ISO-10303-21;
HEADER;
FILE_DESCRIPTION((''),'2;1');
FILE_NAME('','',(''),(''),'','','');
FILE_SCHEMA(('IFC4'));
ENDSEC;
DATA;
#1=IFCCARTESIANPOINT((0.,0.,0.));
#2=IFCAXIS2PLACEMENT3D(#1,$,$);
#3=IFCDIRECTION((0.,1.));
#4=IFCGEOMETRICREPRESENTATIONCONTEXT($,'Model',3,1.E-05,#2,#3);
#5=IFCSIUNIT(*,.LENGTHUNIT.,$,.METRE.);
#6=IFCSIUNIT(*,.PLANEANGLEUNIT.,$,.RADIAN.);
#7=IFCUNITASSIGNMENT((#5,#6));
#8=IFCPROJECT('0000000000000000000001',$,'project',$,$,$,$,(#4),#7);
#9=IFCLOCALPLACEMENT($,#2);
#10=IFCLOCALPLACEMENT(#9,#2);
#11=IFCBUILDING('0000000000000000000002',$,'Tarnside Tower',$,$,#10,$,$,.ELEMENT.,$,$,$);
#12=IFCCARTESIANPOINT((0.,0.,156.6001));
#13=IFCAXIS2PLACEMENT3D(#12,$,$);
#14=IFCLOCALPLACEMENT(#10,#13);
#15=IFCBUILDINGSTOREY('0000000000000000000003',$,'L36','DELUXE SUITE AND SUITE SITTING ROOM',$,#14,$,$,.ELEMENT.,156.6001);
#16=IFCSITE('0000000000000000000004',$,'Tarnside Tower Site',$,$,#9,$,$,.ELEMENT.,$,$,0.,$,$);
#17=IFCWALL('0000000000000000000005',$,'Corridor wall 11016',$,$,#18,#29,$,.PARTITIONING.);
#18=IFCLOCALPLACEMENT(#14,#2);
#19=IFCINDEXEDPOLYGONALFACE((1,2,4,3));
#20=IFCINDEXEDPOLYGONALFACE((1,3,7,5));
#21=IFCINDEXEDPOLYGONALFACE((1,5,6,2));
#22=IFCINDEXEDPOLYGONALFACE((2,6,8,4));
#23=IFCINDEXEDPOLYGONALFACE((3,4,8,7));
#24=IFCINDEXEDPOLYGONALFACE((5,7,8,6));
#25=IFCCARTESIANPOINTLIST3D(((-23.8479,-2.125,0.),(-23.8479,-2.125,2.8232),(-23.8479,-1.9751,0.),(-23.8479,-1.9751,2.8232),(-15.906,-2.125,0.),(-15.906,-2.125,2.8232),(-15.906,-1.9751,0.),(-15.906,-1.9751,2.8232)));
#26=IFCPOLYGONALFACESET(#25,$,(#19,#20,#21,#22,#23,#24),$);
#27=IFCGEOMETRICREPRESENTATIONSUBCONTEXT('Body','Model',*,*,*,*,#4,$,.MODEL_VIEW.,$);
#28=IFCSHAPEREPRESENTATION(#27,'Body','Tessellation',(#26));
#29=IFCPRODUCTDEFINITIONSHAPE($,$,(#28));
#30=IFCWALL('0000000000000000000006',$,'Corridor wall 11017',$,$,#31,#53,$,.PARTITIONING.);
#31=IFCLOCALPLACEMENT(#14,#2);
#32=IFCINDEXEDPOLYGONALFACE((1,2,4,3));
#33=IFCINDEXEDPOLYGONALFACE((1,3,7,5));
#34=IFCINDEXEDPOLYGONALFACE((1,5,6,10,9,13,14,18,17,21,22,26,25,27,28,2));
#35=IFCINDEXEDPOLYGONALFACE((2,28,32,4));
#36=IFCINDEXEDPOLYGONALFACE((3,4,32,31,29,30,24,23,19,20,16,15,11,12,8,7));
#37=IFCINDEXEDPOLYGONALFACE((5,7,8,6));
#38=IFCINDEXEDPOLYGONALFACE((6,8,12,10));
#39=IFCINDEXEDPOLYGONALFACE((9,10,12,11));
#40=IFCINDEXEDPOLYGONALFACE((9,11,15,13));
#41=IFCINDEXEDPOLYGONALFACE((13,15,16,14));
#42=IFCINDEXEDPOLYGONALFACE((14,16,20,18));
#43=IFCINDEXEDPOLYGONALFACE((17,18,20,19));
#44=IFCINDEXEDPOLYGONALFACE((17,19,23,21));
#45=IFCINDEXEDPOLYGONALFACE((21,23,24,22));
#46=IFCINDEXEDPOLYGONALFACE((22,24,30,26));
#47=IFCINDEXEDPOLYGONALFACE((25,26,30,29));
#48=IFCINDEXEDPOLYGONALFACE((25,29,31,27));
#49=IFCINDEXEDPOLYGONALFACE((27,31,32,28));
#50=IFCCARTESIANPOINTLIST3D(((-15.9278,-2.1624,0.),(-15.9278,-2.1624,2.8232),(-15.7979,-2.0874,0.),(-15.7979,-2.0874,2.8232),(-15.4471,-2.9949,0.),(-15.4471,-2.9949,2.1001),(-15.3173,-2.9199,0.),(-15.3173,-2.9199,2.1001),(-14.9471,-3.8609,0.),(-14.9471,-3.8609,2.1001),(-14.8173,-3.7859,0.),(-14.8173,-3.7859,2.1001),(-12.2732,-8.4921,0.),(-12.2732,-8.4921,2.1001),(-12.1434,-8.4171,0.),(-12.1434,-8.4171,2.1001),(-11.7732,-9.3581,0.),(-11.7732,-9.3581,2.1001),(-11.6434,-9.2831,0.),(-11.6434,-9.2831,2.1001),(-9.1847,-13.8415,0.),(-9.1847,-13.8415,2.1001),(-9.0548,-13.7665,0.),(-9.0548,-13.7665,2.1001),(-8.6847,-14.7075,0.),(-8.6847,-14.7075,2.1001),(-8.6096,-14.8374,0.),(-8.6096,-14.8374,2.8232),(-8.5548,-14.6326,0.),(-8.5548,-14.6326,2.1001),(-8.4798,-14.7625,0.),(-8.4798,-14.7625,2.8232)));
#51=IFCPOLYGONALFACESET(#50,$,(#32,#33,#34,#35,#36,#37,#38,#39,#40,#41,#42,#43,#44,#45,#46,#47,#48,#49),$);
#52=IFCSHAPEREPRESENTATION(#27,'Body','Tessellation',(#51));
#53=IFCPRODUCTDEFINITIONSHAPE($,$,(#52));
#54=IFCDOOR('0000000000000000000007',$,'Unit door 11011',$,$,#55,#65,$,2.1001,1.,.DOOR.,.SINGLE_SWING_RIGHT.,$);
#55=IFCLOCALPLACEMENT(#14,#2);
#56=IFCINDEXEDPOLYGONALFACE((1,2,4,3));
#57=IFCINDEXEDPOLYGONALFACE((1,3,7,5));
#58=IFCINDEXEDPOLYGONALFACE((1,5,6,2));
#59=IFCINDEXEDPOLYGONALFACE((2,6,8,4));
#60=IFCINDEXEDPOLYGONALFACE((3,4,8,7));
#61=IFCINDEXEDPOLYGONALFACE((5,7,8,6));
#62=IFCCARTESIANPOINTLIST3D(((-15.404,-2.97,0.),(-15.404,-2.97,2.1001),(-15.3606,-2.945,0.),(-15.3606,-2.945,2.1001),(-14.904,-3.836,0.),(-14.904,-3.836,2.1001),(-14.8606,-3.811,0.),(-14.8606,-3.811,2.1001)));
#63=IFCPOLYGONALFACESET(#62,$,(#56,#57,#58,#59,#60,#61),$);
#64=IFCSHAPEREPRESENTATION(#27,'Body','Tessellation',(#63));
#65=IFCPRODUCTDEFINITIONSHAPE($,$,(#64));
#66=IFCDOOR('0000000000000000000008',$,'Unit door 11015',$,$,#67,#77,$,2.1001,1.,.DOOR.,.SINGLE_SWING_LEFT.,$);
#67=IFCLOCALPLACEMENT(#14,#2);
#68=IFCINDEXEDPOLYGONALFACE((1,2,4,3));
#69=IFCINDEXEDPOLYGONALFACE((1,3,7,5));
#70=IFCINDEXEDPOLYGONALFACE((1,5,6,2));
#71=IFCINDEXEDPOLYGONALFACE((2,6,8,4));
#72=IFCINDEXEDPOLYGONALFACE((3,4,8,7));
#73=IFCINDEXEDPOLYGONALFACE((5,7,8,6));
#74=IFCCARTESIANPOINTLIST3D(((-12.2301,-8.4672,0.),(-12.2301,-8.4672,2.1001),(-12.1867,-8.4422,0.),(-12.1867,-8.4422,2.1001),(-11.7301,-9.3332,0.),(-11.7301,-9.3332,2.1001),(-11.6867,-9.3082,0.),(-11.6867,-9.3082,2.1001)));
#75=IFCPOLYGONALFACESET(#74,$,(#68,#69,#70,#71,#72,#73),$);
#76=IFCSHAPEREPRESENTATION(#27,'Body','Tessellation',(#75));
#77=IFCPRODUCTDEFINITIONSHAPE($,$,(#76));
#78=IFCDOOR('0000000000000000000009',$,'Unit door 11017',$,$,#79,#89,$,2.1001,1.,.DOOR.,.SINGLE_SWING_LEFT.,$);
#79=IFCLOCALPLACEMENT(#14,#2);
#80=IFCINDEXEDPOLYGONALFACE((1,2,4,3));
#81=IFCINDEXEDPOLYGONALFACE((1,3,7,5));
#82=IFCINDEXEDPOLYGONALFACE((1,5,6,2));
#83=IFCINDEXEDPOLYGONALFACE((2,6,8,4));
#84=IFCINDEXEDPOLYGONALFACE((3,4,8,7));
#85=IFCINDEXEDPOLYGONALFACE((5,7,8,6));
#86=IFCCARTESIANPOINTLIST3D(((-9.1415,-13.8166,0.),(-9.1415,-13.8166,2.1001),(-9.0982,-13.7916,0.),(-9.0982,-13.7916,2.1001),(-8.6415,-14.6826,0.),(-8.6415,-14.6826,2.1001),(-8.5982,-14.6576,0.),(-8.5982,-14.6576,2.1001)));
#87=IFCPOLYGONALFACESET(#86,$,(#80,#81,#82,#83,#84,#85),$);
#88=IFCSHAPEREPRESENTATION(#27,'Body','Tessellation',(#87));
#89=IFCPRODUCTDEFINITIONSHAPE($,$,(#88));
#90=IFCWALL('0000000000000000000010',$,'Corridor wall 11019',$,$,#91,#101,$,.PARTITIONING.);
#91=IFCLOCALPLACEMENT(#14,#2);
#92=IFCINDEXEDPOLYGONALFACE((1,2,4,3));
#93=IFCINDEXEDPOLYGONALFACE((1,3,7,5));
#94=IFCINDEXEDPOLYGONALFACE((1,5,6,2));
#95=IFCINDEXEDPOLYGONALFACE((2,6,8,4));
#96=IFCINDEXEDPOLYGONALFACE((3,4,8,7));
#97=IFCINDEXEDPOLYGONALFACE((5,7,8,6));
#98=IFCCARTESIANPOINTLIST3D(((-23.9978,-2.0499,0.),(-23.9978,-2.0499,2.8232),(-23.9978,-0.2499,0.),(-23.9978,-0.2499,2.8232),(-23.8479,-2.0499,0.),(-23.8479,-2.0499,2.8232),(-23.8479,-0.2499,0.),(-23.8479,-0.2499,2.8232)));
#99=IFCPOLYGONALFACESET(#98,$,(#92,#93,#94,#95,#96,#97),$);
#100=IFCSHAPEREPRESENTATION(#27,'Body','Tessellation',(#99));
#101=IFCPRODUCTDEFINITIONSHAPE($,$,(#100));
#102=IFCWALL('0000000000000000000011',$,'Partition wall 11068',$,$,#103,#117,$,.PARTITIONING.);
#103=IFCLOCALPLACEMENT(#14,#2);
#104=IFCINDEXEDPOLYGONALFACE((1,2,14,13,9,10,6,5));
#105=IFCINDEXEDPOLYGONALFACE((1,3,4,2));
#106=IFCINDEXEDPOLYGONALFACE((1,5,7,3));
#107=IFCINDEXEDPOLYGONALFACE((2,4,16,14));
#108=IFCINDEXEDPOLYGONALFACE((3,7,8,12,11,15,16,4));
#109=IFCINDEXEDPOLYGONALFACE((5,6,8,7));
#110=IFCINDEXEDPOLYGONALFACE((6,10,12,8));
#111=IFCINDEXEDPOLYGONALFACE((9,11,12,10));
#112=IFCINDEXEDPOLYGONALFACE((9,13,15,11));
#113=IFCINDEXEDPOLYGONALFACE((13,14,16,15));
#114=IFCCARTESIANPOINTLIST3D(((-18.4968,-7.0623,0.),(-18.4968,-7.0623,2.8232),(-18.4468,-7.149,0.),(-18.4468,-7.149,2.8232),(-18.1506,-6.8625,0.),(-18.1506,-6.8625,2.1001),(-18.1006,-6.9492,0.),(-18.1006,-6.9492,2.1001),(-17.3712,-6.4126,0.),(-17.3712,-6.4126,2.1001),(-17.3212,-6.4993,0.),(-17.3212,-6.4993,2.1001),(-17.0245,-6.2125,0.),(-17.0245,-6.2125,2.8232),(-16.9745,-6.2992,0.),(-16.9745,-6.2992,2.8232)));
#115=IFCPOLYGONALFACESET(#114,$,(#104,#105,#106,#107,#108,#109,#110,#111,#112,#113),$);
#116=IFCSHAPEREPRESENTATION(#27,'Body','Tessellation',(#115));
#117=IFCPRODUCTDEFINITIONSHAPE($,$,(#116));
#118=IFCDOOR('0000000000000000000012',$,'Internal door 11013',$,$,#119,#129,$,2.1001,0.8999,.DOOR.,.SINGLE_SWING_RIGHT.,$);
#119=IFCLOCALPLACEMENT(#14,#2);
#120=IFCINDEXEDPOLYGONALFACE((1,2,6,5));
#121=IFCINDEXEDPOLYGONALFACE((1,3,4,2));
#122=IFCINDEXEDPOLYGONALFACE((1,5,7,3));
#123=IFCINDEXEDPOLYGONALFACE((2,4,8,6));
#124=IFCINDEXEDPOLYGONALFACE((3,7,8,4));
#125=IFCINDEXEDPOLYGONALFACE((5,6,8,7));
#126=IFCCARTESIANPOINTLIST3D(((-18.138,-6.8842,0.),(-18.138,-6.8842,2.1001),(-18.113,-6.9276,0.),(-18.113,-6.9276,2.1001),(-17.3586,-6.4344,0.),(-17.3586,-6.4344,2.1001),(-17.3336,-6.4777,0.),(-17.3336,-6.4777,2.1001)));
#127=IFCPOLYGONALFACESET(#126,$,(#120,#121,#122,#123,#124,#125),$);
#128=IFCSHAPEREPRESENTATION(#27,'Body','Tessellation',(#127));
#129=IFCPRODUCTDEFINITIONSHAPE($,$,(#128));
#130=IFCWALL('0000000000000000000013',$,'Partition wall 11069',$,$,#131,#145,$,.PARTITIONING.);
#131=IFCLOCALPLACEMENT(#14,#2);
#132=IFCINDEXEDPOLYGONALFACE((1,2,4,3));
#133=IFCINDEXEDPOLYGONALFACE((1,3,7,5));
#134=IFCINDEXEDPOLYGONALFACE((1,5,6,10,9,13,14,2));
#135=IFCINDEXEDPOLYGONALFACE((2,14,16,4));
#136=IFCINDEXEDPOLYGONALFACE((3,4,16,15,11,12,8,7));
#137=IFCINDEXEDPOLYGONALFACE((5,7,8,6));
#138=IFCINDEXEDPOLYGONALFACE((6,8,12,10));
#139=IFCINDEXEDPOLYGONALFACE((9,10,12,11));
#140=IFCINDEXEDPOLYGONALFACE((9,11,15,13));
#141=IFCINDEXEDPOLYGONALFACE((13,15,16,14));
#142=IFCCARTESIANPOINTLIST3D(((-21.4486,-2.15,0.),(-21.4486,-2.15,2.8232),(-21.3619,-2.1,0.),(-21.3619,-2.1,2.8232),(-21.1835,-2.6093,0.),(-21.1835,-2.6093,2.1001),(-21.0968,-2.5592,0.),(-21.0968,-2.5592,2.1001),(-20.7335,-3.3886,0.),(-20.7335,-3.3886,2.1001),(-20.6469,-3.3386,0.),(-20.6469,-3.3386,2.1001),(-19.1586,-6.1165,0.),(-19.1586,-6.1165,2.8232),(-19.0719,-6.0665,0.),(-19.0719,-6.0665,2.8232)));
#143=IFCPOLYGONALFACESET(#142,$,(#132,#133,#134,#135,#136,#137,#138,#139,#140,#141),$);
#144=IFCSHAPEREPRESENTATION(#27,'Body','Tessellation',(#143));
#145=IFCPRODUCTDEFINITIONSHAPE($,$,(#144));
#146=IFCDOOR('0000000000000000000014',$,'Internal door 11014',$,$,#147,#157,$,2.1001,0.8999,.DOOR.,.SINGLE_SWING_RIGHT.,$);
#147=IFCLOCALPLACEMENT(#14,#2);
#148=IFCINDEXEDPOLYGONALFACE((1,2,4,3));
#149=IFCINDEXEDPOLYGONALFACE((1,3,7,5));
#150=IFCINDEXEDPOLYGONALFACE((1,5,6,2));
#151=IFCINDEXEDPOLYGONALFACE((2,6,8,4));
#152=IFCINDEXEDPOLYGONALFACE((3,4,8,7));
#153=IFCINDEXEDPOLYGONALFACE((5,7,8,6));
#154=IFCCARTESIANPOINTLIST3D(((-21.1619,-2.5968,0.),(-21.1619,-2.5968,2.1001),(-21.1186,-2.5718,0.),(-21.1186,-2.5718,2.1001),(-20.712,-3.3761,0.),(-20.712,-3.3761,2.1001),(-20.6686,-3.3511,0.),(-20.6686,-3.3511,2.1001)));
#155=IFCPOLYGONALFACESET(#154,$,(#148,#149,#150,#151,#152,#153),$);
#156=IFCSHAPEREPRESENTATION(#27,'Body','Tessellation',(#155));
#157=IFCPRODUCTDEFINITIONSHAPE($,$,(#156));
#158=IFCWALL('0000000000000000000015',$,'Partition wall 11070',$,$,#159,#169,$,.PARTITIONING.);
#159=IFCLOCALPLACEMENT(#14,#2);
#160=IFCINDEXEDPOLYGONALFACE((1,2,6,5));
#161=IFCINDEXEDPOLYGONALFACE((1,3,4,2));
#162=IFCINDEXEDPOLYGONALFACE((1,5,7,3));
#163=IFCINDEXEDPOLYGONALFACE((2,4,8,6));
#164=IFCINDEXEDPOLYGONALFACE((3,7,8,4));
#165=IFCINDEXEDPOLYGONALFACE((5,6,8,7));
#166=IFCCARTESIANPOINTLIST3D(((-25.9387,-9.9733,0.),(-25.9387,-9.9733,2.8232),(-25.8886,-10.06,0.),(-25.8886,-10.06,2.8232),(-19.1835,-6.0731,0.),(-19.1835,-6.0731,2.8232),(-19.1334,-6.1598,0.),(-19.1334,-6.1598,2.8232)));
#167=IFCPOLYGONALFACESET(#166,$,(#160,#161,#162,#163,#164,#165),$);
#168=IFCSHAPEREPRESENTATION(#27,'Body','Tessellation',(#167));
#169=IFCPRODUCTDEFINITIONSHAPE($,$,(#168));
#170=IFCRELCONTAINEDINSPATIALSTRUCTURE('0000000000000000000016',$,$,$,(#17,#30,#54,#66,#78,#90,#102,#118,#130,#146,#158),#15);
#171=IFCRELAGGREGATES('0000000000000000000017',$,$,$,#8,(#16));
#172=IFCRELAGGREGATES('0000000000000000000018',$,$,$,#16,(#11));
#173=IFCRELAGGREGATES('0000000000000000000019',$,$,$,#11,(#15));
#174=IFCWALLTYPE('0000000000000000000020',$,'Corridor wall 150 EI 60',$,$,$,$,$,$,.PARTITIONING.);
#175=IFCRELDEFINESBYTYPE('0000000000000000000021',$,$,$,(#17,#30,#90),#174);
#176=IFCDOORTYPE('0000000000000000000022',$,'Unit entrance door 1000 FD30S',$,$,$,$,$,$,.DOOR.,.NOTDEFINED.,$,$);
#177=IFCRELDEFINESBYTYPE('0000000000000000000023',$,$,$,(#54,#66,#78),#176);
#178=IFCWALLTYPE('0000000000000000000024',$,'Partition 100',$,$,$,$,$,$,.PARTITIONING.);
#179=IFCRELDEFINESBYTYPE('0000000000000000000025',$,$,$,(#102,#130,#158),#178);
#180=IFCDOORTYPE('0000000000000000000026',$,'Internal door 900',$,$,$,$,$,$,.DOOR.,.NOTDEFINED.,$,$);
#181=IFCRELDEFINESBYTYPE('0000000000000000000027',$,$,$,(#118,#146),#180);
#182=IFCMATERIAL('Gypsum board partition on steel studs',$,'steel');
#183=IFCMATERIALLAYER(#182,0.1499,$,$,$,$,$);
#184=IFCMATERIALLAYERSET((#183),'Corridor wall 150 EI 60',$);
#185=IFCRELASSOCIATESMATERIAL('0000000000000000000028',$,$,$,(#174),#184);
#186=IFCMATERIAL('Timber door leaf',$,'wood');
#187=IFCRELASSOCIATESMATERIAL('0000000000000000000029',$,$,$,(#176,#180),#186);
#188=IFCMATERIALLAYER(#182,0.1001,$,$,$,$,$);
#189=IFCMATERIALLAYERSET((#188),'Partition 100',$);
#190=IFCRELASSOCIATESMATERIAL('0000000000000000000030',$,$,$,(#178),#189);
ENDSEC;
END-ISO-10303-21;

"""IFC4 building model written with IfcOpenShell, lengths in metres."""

from ifc_helpers import new_model, si_unit, direction, frame, frame_2d, origin, place, context, subcontext, project, spatial, rectangle, extrude, material, layer, layer_set, type_object, element, fill, save


model = new_model("IFC4")

# Units and contexts
model_context = context("Model", 3, precision=1e-05, world=origin(), true_north=direction((0.0, 1.0)))
body_context = subcontext(model_context, "Body", "Model", "MODEL_VIEW")
ifc_project = project(units=[si_unit("LENGTHUNIT", "METRE"), si_unit("PLANEANGLEUNIT", "RADIAN")], contexts=[model_context])

# Site, building, storey
site_placement = place(None, origin())
site = spatial("IfcSite", under=ifc_project, at=site_placement, Name="Tarnside Tower Site", CompositionType="ELEMENT", RefElevation=0.0)
building_placement = place(site_placement, origin())
building = spatial("IfcBuilding", under=site, at=building_placement, Name="Tarnside Tower", CompositionType="ELEMENT")
storey_placement = place(building_placement, frame((0.0, 0.0, 156.6001)))
storey = spatial("IfcBuildingStorey", under=building, at=storey_placement, Name="L36", Description="DELUXE SUITE AND SUITE SITTING ROOM", CompositionType="ELEMENT", Elevation=156.6001)

# Shared definitions
ifc_material_1 = material(Name="Gypsum board partition on steel studs", Category="steel")
ifc_material_2 = material(Name="Timber door leaf", Category="wood")

# Wall
ifc_layer_1 = layer(ifc_material_1, 0.1499)
ifc_layer_set_1 = layer_set([ifc_layer_1], Name="Corridor wall 150 EI 60")
wall_type_1 = type_object("IfcWallType", Name="Corridor wall 150 EI 60", PredefinedType="PARTITIONING", material=ifc_layer_set_1)
wall_1_placement = place(storey_placement, frame((-23.8479, -2.05, 0.0), z_axis=(0.0, 0.0, 1.0), x_axis=(1.0, 0.0, 0.0)))
element("IfcWall", 1, at=wall_1_placement, inside=storey, type_object=wall_type_1, Name="Corridor wall 11016", PredefinedType="PARTITIONING", context=body_context, shape_type="SweptSolid", body=[
    extrude(rectangle(XDim=7.9419, YDim=0.1499, at=frame_2d((3.9709, 0.0))), origin(), (0.0, 0.0, 1.0), 2.8232),
])

# Wall, openings, doors
wall_2_placement = place(storey_placement, frame((-15.8628, -2.125, 0.0), z_axis=(0.0, 0.0, 1.0), x_axis=(0.500009, -0.86602, 0.0)))
wall_2 = element("IfcWall", 2, at=wall_2_placement, inside=storey, type_object=wall_type_1, Name="Corridor wall 11017", PredefinedType="PARTITIONING", context=body_context, shape_type="SweptSolid", body=[
    extrude(rectangle(XDim=14.636, YDim=0.1499, at=frame_2d((7.3179, 0.0))), origin(), (0.0, 0.0, 1.0), 2.8232),
])
opening_1_placement = place(wall_2_placement, frame((0.9612, 0.0, 0.0)))
opening_1 = element("IfcOpeningElement", 3, at=opening_1_placement, cuts=wall_2, PredefinedType="OPENING", context=body_context, shape_type="SweptSolid", body=[
    extrude(rectangle(XDim=1.0, YDim=2.1001, at=frame_2d((0.5, 1.05))), frame((0.0, 0.085, 0.0), z_axis=(0.0, -1.0, 0.0), x_axis=(1.0, 0.0, 0.0)), (0.0, 0.0, 1.0), 0.1699),
])
opening_2_placement = place(wall_2_placement, frame((7.3088, 0.0, 0.0)))
opening_2 = element("IfcOpeningElement", 4, at=opening_2_placement, cuts=wall_2, PredefinedType="OPENING", context=body_context, shape_type="SweptSolid", body=[
    extrude(rectangle(XDim=1.0, YDim=2.1001, at=frame_2d((0.5, 1.05))), frame((0.0, 0.085, 0.0), z_axis=(0.0, -1.0, 0.0), x_axis=(1.0, 0.0, 0.0)), (0.0, 0.0, 1.0), 0.1699),
])
opening_3_placement = place(wall_2_placement, frame((13.4858, 0.0, 0.0)))
opening_3 = element("IfcOpeningElement", 5, at=opening_3_placement, cuts=wall_2, PredefinedType="OPENING", context=body_context, shape_type="SweptSolid", body=[
    extrude(rectangle(XDim=1.0, YDim=2.1001, at=frame_2d((0.5, 1.05))), frame((0.0, 0.085, 0.0), z_axis=(0.0, -1.0, 0.0), x_axis=(1.0, 0.0, 0.0)), (0.0, 0.0, 1.0), 0.1699),
])
door_type_1 = type_object("IfcDoorType", Name="Unit entrance door 1000 FD30S", OperationType="NOTDEFINED", PredefinedType="DOOR", material=ifc_material_2)
door_1_placement = place(opening_1_placement, origin())
door_1 = element("IfcDoor", 6, at=door_1_placement, inside=storey, type_object=door_type_1, Name="Unit door 11011", OperationType="SINGLE_SWING_RIGHT", OverallHeight=2.1001, OverallWidth=1.0, PredefinedType="DOOR", context=body_context, shape_type="SweptSolid", body=[
    extrude(rectangle(XDim=1.0, YDim=2.1001, at=frame_2d((0.5, 1.05))), frame((0.0, 0.0249, 0.0), z_axis=(0.0, -1.0, 0.0), x_axis=(1.0, 0.0, 0.0)), (0.0, 0.0, 1.0), 0.05),
])
fill(opening_1, door_1)
door_2_placement = place(opening_2_placement, origin())
door_2 = element("IfcDoor", 7, at=door_2_placement, inside=storey, type_object=door_type_1, Name="Unit door 11015", OperationType="SINGLE_SWING_LEFT", OverallHeight=2.1001, OverallWidth=1.0, PredefinedType="DOOR", context=body_context, shape_type="SweptSolid", body=[
    extrude(rectangle(XDim=1.0, YDim=2.1001, at=frame_2d((0.5, 1.05))), frame((0.0, 0.0249, 0.0), z_axis=(0.0, -1.0, 0.0), x_axis=(1.0, 0.0, 0.0)), (0.0, 0.0, 1.0), 0.05),
])
fill(opening_2, door_2)
door_3_placement = place(opening_3_placement, origin())
door_3 = element("IfcDoor", 8, at=door_3_placement, inside=storey, type_object=door_type_1, Name="Unit door 11017", OperationType="SINGLE_SWING_LEFT", OverallHeight=2.1001, OverallWidth=1.0, PredefinedType="DOOR", context=body_context, shape_type="SweptSolid", body=[
    extrude(rectangle(XDim=1.0, YDim=2.1001, at=frame_2d((0.5, 1.05))), frame((0.0, 0.0249, 0.0), z_axis=(0.0, -1.0, 0.0), x_axis=(1.0, 0.0, 0.0)), (0.0, 0.0, 1.0), 0.05),
])
fill(opening_3, door_3)

# Wall
wall_3_placement = place(storey_placement, frame((-23.9229, -0.25, 0.0), z_axis=(0.0, 0.0, 1.0), x_axis=(0.0, -1.0, 0.0)))
element("IfcWall", 9, at=wall_3_placement, inside=storey, type_object=wall_type_1, Name="Corridor wall 11019", PredefinedType="PARTITIONING", context=body_context, shape_type="SweptSolid", body=[
    extrude(rectangle(XDim=1.8, YDim=0.1499, at=frame_2d((0.8999, 0.0))), origin(), (0.0, 0.0, 1.0), 2.8232),
])

# Walls, openings, doors
ifc_layer_2 = layer(ifc_material_1, 0.1001)
ifc_layer_set_2 = layer_set([ifc_layer_2], Name="Partition 100")
wall_type_2 = type_object("IfcWallType", Name="Partition 100", PredefinedType="PARTITIONING", material=ifc_layer_set_2)
wall_4_placement = place(storey_placement, frame((-18.4719, -7.1057, 0.0), z_axis=(0.0, 0.0, 1.0), x_axis=(0.866088, 0.499892, 0.0)))
wall_4 = element("IfcWall", 10, at=wall_4_placement, inside=storey, type_object=wall_type_2, Name="Partition wall 11068", PredefinedType="PARTITIONING", context=body_context, shape_type="SweptSolid", body=[
    extrude(rectangle(XDim=1.7, YDim=0.1001, at=frame_2d((0.8501, 0.0))), origin(), (0.0, 0.0, 1.0), 2.8232),
])
opening_4_placement = place(wall_4_placement, frame((0.3999, 0.0, 0.0)))
opening_4 = element("IfcOpeningElement", 11, at=opening_4_placement, cuts=wall_4, PredefinedType="OPENING", context=body_context, shape_type="SweptSolid", body=[
    extrude(rectangle(XDim=0.8999, YDim=2.1001, at=frame_2d((0.45, 1.05))), frame((0.0, 0.0601, 0.0), z_axis=(0.0, -1.0, 0.0), x_axis=(1.0, 0.0, 0.0)), (0.0, 0.0, 1.0), 0.1201),
])
door_type_2 = type_object("IfcDoorType", Name="Internal door 900", OperationType="NOTDEFINED", PredefinedType="DOOR", material=ifc_material_2)
door_4_placement = place(opening_4_placement, origin())
door_4 = element("IfcDoor", 12, at=door_4_placement, inside=storey, type_object=door_type_2, Name="Internal door 11013", OperationType="SINGLE_SWING_RIGHT", OverallHeight=2.1001, OverallWidth=0.8999, PredefinedType="DOOR", context=body_context, shape_type="SweptSolid", body=[
    extrude(rectangle(XDim=0.8999, YDim=2.1001, at=frame_2d((0.45, 1.05))), frame((0.0, 0.0249, 0.0), z_axis=(0.0, -1.0, 0.0), x_axis=(1.0, 0.0, 0.0)), (0.0, 0.0, 1.0), 0.05),
])
fill(opening_4, door_4)
wall_5_placement = place(storey_placement, frame((-21.4053, -2.125, 0.0), z_axis=(0.0, 0.0, 1.0), x_axis=(0.499992, -0.86603, 0.0)))
wall_5 = element("IfcWall", 13, at=wall_5_placement, inside=storey, type_object=wall_type_2, Name="Partition wall 11069", PredefinedType="PARTITIONING", context=body_context, shape_type="SweptSolid", body=[
    extrude(rectangle(XDim=4.5801, YDim=0.1001, at=frame_2d((2.29, 0.0))), origin(), (0.0, 0.0, 1.0), 2.8232),
])
opening_5_placement = place(wall_5_placement, frame((0.5303, 0.0, 0.0)))
opening_5 = element("IfcOpeningElement", 14, at=opening_5_placement, cuts=wall_5, PredefinedType="OPENING", context=body_context, shape_type="SweptSolid", body=[
    extrude(rectangle(XDim=0.8999, YDim=2.1001, at=frame_2d((0.45, 1.05))), frame((0.0, 0.0601, 0.0), z_axis=(0.0, -1.0, 0.0), x_axis=(1.0, 0.0, 0.0)), (0.0, 0.0, 1.0), 0.1201),
])
door_5_placement = place(opening_5_placement, origin())
door_5 = element("IfcDoor", 15, at=door_5_placement, inside=storey, type_object=door_type_2, Name="Internal door 11014", OperationType="SINGLE_SWING_RIGHT", OverallHeight=2.1001, OverallWidth=0.8999, PredefinedType="DOOR", context=body_context, shape_type="SweptSolid", body=[
    extrude(rectangle(XDim=0.8999, YDim=2.1001, at=frame_2d((0.45, 1.05))), frame((0.0, 0.0249, 0.0), z_axis=(0.0, -1.0, 0.0), x_axis=(1.0, 0.0, 0.0)), (0.0, 0.0, 1.0), 0.05),
])
fill(opening_5, door_5)

# Wall
wall_6_placement = place(storey_placement, frame((-19.1584, -6.1165, 0.0), z_axis=(0.0, 0.0, 1.0), x_axis=(-0.866021, -0.500007, 0.0)))
element("IfcWall", 16, at=wall_6_placement, inside=storey, type_object=wall_type_2, Name="Partition wall 11070", PredefinedType="PARTITIONING", context=body_context, shape_type="SweptSolid", body=[
    extrude(rectangle(XDim=7.8003, YDim=0.1001, at=frame_2d((3.9001, 0.0))), origin(), (0.0, 0.0, 1.0), 2.8232),
])

save(model, "model.ifc")
